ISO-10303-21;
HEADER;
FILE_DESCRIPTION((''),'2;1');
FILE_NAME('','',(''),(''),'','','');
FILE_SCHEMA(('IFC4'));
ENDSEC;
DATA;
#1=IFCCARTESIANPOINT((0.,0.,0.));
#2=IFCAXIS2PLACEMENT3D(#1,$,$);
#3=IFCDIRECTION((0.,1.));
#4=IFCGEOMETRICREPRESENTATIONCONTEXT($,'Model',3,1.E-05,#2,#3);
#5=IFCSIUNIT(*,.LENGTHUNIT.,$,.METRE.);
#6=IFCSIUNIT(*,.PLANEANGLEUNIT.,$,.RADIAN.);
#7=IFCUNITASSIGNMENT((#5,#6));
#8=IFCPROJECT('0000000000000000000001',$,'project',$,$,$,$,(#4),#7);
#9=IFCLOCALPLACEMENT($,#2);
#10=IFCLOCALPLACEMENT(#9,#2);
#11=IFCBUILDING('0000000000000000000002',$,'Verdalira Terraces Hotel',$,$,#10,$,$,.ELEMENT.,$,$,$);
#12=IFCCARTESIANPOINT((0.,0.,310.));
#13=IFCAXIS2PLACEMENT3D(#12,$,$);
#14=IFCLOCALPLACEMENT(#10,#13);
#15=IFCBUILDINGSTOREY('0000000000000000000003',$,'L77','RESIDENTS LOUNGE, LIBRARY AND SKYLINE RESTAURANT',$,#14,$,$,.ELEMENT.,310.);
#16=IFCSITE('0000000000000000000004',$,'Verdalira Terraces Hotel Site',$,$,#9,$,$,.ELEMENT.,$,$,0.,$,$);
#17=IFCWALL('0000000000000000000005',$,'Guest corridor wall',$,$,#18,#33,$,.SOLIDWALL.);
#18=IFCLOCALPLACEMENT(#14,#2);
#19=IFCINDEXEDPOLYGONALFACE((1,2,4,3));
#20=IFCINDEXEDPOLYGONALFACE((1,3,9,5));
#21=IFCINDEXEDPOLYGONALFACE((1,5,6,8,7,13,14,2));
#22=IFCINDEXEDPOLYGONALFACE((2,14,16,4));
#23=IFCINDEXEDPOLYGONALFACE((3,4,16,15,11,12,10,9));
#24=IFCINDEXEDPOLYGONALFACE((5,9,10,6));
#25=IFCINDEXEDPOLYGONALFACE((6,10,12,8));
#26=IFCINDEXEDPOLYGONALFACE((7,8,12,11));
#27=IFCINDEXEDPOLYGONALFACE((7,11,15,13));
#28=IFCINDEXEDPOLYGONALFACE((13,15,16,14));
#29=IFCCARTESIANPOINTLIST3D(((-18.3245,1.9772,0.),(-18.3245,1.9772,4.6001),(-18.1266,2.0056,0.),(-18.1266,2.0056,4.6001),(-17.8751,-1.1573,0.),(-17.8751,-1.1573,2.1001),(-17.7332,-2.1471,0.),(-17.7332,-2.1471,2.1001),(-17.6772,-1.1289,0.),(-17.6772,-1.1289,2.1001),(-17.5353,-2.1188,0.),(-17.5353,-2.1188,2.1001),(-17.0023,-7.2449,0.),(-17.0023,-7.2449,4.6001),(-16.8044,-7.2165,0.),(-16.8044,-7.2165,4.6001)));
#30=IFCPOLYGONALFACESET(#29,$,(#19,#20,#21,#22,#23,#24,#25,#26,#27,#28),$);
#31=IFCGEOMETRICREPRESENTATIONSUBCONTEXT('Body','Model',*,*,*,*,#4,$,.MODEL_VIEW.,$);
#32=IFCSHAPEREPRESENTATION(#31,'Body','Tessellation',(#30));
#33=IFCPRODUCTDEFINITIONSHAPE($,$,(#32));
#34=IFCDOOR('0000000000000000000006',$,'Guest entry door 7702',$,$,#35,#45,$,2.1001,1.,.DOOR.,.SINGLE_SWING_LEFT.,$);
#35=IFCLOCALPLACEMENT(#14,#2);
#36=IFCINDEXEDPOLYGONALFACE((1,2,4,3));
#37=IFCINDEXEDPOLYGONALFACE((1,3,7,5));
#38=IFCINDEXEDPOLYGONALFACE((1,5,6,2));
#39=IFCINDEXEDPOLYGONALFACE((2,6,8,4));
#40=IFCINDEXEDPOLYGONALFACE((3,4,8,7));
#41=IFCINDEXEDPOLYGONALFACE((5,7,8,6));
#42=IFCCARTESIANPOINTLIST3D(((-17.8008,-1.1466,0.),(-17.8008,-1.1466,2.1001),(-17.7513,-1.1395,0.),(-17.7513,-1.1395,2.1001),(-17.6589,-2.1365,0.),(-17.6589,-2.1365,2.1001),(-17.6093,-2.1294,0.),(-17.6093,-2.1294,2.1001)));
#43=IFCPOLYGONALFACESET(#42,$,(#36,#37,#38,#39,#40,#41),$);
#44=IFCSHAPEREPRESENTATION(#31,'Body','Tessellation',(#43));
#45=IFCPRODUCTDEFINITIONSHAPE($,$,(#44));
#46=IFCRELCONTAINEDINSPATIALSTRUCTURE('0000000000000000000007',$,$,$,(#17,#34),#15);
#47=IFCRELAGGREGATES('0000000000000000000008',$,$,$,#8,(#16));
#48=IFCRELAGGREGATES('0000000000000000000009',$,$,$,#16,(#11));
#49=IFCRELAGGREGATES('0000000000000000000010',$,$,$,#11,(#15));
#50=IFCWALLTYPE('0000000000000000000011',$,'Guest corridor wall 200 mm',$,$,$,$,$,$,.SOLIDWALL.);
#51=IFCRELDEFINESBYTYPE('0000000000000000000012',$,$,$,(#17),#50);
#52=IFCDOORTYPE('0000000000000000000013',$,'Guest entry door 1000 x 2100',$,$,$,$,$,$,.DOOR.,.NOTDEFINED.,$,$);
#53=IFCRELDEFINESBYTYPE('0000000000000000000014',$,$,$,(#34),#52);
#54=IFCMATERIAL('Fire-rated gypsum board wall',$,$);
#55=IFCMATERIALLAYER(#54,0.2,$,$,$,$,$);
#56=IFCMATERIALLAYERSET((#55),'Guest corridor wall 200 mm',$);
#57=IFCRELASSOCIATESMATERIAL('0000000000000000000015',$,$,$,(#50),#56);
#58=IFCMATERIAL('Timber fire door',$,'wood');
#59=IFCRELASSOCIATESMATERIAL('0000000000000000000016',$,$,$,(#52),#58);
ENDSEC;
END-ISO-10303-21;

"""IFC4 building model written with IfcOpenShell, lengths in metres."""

from ifc_helpers import new_model, si_unit, direction, frame, frame_2d, origin, place, context, subcontext, project, spatial, rectangle, extrude, material, layer, layer_set, type_object, element, fill, save


model = new_model("IFC4")

# Units and contexts
model_context = context("Model", 3, precision=1e-05, world=origin(), true_north=direction((0.0, 1.0)))
body_context = subcontext(model_context, "Body", "Model", "MODEL_VIEW")
ifc_project = project(units=[si_unit("LENGTHUNIT", "METRE"), si_unit("PLANEANGLEUNIT", "RADIAN")], contexts=[model_context])

# Site, building, storey
site_placement = place(None, origin())
site = spatial("IfcSite", under=ifc_project, at=site_placement, Name="Verdalira Terraces Hotel Site", CompositionType="ELEMENT", RefElevation=0.0)
building_placement = place(site_placement, origin())
building = spatial("IfcBuilding", under=site, at=building_placement, Name="Verdalira Terraces Hotel", CompositionType="ELEMENT")
storey_placement = place(building_placement, frame((0.0, 0.0, 310.0)))
storey = spatial("IfcBuildingStorey", under=building, at=storey_placement, Name="L77", Description="RESIDENTS LOUNGE, LIBRARY AND SKYLINE RESTAURANT", CompositionType="ELEMENT", Elevation=310.0)

# Wall, opening, door
ifc_material_1 = material(Name="Fire-rated gypsum board wall")
ifc_layer_1 = layer(ifc_material_1, 0.2)
ifc_layer_set_1 = layer_set([ifc_layer_1], Name="Guest corridor wall 200 mm")
wall_type_1 = type_object("IfcWallType", Name="Guest corridor wall 200 mm", PredefinedType="SOLIDWALL", material=ifc_layer_set_1)
wall_1_placement = place(storey_placement, frame((-16.9033, -7.2307, 0.0), z_axis=(0.0, 0.0, 1.0), x_axis=(-0.141928, 0.989877, 0.0)))
wall_1 = element("IfcWall", 1, at=wall_1_placement, inside=storey, type_object=wall_type_1, Name="Guest corridor wall", PredefinedType="SOLIDWALL", context=body_context, shape_type="SweptSolid", body=[
    extrude(rectangle(XDim=9.3164, YDim=0.2, at=frame_2d((4.6582, 0.0))), origin(), (0.0, 0.0, 1.0), 4.6001),
])
opening_1_placement = place(wall_1_placement, frame((5.1499, 0.0, 0.0)))
opening_1 = element("IfcOpeningElement", 2, at=opening_1_placement, cuts=wall_1, PredefinedType="OPENING", context=body_context, shape_type="SweptSolid", body=[
    extrude(rectangle(XDim=1.0, YDim=2.1001, at=frame_2d((0.5, 1.05))), frame((0.0, 0.1099, 0.0), z_axis=(0.0, -1.0, 0.0), x_axis=(1.0, 0.0, 0.0)), (0.0, 0.0, 1.0), 0.22),
])
ifc_material_2 = material(Name="Timber fire door", Category="wood")
door_type_1 = type_object("IfcDoorType", Name="Guest entry door 1000 x 2100", OperationType="NOTDEFINED", PredefinedType="DOOR", material=ifc_material_2)
door_1_placement = place(opening_1_placement, origin())
door_1 = element("IfcDoor", 3, at=door_1_placement, inside=storey, type_object=door_type_1, Name="Guest entry door 7702", OperationType="SINGLE_SWING_LEFT", OverallHeight=2.1001, OverallWidth=1.0, PredefinedType="DOOR", context=body_context, shape_type="SweptSolid", body=[
    extrude(rectangle(XDim=1.0, YDim=2.1001, at=frame_2d((0.5, 1.05))), frame((0.0, 0.0249, 0.0), z_axis=(0.0, -1.0, 0.0), x_axis=(1.0, 0.0, 0.0)), (0.0, 0.0, 1.0), 0.05),
])
fill(opening_1, door_1)

save(model, "model.ifc")
